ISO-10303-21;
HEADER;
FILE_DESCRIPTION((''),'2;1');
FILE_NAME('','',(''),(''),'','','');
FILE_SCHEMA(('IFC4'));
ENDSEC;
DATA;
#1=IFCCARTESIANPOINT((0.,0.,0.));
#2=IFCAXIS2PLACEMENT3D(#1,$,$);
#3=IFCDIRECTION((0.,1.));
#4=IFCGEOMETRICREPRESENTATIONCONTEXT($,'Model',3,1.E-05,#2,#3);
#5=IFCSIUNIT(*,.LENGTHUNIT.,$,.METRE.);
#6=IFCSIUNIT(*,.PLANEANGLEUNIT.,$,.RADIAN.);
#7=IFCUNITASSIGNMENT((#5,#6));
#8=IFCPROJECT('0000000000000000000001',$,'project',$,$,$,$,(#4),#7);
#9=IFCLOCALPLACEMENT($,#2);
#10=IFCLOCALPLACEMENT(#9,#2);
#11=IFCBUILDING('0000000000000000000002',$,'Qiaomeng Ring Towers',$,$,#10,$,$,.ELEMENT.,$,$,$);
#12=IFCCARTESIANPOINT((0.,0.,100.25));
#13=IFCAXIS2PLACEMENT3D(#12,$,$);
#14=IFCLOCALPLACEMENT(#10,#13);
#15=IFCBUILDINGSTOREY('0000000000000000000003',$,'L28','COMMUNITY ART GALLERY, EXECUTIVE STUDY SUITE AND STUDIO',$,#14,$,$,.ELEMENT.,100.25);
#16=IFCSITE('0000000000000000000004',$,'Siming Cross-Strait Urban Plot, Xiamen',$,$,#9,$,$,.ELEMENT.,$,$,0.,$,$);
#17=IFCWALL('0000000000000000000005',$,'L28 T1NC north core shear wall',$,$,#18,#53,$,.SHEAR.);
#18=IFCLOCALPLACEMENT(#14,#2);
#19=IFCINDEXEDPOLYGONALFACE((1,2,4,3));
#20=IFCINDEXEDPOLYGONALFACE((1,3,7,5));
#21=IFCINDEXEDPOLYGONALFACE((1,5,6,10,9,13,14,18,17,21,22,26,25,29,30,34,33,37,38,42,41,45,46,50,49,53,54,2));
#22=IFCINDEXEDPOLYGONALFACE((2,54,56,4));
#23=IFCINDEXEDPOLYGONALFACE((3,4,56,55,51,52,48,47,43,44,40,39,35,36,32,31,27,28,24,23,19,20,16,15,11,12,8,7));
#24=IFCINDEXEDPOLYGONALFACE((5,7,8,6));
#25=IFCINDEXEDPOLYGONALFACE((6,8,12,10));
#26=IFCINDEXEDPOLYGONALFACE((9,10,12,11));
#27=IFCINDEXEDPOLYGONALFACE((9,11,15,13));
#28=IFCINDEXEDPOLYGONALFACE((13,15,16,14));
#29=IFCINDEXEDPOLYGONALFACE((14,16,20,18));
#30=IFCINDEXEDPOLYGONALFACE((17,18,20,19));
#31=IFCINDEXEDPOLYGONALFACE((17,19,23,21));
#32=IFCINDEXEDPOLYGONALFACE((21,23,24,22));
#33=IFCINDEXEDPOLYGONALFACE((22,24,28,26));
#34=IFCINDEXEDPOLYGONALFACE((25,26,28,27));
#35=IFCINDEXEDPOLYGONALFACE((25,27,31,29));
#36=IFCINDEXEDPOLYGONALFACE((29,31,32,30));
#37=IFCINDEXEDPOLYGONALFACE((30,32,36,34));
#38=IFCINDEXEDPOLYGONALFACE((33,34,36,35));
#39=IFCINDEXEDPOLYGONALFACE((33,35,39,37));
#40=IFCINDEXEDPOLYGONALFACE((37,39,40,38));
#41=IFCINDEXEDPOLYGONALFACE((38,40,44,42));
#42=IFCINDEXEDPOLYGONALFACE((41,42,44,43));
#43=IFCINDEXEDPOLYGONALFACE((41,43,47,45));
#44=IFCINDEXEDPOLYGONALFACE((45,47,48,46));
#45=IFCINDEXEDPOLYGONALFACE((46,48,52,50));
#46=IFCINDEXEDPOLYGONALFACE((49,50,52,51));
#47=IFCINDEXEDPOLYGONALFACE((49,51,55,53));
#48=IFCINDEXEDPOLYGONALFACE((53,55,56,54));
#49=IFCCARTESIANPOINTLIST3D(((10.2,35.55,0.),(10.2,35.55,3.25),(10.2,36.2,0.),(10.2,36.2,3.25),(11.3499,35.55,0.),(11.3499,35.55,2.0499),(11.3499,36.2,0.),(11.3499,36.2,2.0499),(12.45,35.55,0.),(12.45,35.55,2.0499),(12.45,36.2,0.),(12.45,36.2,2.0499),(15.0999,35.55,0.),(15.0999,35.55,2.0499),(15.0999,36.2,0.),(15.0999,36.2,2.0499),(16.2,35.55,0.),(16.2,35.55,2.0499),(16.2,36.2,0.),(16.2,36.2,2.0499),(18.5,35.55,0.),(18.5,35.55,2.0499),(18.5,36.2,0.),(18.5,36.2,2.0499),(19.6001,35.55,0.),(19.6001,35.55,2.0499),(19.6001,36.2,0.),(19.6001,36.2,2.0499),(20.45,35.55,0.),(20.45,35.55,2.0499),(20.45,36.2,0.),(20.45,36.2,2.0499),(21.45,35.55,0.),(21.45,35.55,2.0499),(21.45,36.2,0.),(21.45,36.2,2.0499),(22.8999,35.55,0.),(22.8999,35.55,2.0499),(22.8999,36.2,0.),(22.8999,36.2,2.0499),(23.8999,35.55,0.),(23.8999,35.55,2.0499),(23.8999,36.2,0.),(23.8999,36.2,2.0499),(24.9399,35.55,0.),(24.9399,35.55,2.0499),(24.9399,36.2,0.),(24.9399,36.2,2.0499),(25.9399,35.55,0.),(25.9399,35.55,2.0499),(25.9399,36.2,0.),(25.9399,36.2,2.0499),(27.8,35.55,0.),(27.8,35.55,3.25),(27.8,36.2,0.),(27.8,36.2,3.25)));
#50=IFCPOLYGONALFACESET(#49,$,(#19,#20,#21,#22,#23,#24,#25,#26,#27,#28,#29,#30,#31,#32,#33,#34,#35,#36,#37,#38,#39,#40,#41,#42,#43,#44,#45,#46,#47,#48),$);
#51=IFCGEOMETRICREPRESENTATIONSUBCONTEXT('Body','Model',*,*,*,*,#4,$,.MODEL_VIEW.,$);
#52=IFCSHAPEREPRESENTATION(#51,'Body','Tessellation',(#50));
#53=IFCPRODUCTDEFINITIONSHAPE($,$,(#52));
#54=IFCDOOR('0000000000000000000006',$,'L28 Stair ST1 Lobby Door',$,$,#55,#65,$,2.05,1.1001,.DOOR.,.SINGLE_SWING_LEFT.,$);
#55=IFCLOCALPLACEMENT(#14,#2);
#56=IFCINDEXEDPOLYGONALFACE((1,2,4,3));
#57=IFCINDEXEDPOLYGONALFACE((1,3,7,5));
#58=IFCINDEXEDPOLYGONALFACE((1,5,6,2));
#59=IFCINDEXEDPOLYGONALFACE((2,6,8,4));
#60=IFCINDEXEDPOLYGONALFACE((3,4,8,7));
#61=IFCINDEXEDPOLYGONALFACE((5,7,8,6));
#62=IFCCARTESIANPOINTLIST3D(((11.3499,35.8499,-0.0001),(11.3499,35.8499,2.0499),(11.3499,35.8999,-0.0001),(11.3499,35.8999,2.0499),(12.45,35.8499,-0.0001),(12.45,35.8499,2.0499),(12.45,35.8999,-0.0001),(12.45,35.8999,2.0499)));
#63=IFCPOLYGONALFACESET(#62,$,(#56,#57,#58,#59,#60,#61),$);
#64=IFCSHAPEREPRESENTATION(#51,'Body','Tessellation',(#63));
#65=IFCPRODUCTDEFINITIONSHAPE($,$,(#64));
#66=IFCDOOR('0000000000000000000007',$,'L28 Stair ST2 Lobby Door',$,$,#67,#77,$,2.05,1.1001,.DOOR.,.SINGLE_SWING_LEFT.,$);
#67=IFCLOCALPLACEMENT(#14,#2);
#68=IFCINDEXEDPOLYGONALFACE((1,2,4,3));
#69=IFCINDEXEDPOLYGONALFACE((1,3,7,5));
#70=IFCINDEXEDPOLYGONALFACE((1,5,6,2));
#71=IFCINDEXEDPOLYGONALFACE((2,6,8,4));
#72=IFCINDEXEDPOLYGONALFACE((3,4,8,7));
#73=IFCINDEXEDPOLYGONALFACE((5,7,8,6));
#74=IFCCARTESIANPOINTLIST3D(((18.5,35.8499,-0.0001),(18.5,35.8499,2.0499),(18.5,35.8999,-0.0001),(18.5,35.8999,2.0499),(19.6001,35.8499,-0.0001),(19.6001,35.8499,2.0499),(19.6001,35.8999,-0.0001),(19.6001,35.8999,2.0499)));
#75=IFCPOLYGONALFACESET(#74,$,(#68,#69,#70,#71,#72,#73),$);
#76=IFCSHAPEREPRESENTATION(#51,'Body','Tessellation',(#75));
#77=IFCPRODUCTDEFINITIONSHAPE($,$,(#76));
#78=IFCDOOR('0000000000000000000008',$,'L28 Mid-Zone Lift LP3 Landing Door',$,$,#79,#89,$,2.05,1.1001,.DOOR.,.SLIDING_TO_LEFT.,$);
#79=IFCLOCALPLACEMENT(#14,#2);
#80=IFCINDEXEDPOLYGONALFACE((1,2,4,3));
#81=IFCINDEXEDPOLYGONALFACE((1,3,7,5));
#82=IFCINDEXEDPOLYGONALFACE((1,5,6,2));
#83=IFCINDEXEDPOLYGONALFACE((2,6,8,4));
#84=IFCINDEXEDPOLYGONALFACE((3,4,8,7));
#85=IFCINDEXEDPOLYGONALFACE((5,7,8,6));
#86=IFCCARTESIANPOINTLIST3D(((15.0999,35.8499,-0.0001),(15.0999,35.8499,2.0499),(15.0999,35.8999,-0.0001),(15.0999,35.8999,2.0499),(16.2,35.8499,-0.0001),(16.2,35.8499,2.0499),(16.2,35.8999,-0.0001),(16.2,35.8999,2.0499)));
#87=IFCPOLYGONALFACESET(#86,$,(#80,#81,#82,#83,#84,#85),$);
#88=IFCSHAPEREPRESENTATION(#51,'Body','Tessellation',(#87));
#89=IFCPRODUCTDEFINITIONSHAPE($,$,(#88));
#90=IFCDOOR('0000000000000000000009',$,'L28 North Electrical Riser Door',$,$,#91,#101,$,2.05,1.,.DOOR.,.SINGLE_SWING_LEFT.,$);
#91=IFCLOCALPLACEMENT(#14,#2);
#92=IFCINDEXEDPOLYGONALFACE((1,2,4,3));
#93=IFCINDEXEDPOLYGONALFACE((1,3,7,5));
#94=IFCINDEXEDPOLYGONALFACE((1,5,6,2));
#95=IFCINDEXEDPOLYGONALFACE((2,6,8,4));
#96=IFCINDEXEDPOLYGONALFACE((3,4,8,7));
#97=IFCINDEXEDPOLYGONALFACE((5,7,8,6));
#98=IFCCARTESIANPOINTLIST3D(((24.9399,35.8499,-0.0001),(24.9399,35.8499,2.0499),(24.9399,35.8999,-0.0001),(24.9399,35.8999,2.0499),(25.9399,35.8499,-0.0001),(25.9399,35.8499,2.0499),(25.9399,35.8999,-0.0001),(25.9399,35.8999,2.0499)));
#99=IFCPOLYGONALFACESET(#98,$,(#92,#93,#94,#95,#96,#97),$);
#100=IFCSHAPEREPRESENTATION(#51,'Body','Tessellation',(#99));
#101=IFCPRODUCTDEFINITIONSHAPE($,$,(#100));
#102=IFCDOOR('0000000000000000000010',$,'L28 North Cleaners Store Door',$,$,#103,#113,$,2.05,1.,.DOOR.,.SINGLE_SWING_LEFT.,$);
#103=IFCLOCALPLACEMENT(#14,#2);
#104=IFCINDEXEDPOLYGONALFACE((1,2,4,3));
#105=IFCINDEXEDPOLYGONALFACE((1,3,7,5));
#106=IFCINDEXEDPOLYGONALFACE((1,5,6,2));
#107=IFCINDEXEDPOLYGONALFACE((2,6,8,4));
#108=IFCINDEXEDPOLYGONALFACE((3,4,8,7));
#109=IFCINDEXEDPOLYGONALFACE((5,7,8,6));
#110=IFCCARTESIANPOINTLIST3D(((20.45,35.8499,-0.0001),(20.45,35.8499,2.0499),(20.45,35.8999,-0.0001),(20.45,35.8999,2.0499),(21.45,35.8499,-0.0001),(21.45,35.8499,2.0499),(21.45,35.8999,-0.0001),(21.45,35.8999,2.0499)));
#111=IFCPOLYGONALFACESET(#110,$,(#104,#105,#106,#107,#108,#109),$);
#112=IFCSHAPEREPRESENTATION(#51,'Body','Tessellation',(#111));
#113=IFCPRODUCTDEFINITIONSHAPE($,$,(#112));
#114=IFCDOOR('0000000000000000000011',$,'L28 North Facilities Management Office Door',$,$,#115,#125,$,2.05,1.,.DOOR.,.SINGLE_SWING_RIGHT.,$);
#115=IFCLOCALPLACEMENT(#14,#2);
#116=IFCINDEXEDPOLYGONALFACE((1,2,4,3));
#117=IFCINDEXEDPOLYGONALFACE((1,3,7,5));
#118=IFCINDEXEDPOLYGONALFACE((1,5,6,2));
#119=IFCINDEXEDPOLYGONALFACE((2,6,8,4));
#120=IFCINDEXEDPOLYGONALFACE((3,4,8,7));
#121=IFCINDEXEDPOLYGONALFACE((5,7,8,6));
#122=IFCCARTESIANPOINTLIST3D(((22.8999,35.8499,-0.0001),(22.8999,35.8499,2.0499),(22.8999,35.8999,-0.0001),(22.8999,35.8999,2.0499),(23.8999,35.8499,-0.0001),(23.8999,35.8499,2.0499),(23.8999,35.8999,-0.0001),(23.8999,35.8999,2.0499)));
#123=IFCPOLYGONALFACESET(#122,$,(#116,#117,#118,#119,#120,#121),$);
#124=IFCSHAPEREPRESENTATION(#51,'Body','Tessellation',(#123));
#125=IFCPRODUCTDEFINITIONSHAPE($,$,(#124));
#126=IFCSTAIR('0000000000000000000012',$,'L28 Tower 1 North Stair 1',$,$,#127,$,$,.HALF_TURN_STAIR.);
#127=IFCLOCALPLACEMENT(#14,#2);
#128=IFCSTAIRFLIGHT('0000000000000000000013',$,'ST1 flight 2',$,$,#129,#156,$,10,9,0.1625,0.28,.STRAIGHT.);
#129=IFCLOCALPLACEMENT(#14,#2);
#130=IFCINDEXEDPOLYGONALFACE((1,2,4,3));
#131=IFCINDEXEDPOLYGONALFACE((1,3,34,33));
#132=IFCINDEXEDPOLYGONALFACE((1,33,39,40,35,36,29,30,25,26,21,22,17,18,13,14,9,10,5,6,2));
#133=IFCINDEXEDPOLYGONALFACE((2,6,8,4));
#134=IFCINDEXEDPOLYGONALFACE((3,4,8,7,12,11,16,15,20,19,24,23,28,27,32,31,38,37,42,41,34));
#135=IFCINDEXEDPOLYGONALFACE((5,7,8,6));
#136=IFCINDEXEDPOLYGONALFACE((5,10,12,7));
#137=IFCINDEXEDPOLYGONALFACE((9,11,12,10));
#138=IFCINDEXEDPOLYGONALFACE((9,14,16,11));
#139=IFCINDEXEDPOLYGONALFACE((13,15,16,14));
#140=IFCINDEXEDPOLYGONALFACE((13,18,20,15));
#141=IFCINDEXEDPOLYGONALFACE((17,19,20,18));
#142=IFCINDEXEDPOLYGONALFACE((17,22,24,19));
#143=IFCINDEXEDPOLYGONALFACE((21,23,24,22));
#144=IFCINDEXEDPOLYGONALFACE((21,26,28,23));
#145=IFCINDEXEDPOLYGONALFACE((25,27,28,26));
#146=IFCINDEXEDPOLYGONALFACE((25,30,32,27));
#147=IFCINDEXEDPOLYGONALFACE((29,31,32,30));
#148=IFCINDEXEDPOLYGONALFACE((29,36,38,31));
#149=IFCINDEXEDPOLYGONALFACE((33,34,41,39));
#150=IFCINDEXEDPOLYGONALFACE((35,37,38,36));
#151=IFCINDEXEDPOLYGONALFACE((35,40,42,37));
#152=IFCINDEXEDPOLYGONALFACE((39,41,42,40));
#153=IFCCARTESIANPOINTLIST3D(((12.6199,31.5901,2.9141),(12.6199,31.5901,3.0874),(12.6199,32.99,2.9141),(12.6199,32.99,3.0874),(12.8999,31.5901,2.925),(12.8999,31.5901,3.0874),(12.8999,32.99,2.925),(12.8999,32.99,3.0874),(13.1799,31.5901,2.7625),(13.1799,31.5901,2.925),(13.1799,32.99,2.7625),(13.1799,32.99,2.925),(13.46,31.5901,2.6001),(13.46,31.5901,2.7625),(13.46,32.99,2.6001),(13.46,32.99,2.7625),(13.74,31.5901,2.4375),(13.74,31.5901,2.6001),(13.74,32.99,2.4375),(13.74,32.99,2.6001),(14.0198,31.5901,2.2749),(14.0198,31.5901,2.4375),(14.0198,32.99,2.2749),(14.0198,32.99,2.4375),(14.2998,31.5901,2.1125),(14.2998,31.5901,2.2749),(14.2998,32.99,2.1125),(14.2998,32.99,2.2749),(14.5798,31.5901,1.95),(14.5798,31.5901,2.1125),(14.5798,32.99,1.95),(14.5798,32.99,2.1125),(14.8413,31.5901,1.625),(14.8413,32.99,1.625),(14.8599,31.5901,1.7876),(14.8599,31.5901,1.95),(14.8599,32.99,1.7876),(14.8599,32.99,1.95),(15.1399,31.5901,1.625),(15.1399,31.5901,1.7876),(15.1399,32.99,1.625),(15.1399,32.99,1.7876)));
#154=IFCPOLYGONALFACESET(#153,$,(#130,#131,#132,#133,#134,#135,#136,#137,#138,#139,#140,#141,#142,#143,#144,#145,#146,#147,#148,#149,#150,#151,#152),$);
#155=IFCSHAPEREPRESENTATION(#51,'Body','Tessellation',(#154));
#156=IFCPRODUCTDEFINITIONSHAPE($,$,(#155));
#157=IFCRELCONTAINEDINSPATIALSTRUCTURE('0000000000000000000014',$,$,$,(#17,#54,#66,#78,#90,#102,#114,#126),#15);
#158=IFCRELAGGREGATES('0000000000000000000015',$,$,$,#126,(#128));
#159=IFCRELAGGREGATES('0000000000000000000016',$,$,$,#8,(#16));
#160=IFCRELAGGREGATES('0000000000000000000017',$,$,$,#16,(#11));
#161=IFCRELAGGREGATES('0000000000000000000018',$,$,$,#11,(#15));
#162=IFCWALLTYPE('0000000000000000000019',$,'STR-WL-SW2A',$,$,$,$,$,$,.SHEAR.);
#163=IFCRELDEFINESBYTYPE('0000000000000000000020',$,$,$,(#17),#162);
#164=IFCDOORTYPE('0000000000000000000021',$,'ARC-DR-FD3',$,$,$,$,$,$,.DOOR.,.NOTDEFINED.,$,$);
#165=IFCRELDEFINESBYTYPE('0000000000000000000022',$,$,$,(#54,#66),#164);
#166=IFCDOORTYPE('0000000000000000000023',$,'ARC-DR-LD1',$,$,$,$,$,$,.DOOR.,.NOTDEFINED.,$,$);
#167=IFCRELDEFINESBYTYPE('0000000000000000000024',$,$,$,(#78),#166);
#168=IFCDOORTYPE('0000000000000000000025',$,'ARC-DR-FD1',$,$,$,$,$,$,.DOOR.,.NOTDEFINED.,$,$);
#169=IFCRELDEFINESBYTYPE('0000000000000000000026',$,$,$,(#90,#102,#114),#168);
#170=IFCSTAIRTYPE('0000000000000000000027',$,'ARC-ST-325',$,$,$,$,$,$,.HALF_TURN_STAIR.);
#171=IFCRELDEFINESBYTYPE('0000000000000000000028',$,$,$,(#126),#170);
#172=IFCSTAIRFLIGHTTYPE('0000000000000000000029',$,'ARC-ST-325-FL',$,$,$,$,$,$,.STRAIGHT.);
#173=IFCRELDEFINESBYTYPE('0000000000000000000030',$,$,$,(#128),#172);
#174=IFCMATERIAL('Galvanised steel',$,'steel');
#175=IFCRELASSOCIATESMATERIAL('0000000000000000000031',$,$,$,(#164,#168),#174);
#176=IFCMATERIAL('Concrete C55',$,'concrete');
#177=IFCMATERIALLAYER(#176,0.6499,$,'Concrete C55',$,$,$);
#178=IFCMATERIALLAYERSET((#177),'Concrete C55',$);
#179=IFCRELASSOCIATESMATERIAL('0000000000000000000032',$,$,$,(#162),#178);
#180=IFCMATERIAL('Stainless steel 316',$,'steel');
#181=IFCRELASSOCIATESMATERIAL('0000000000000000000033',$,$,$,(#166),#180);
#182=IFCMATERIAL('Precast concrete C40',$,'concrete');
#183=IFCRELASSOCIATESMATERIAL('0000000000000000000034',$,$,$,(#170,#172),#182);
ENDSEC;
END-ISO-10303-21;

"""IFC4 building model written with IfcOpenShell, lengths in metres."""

from ifc_helpers import new_model, si_unit, direction, frame, frame_2d, origin, place, context, subcontext, project, spatial, polyline, rectangle, outline, extrude, source, transform, mapped, material, layer, layer_set, type_object, element, fill, aggregate, save


model = new_model("IFC4")

# Units and contexts
model_context = context("Model", 3, precision=1e-05, world=origin(), true_north=direction((0.0, 1.0)))
body_context = subcontext(model_context, "Body", "Model", "MODEL_VIEW")
ifc_project = project(units=[si_unit("LENGTHUNIT", "METRE"), si_unit("PLANEANGLEUNIT", "RADIAN")], contexts=[model_context])

# Site, building, storey
site_placement = place(None, origin())
site = spatial("IfcSite", under=ifc_project, at=site_placement, Name="Siming Cross-Strait Urban Plot, Xiamen", CompositionType="ELEMENT", RefElevation=0.0)
building_placement = place(site_placement, origin())
building = spatial("IfcBuilding", under=site, at=building_placement, Name="Qiaomeng Ring Towers", CompositionType="ELEMENT")
storey_placement = place(building_placement, frame((0.0, 0.0, 100.25)))
storey = spatial("IfcBuildingStorey", under=building, at=storey_placement, Name="L28", Description="COMMUNITY ART GALLERY, EXECUTIVE STUDY SUITE AND STUDIO", CompositionType="ELEMENT", Elevation=100.25)

# Shared definitions
ifc_material_1 = material(Name="Concrete C55", Category="concrete")

# Shared definitions
shared_shape_1 = source(origin(), body_context, "Body", "SweptSolid", [
    extrude(rectangle(XDim=1.0, YDim=2.05, at=frame_2d((0.5, 1.0249))), frame((0.0, 0.0249, 0.0), z_axis=(0.0, -1.0, 0.0), x_axis=(1.0, 0.0, 0.0)), (0.0, 0.0, 1.0), 0.05),
])

# Shared definitions
ifc_material_2 = material(Name="Galvanised steel", Category="steel")
door_type_1 = type_object("IfcDoorType", Name="ARC-DR-FD3", OperationType="NOTDEFINED", PredefinedType="DOOR", material=ifc_material_2)
shared_shape_2 = source(origin(), body_context, "Body", "SweptSolid", [
    extrude(rectangle(XDim=1.1001, YDim=2.05, at=frame_2d((0.55, 1.0249))), frame((0.0, 0.0249, 0.0), z_axis=(0.0, -1.0, 0.0), x_axis=(1.0, 0.0, 0.0)), (0.0, 0.0, 1.0), 0.05),
])

# Wall, openings, doors
ifc_layer_1 = layer(ifc_material_1, 0.6499, Name="Concrete C55")
ifc_layer_set_1 = layer_set([ifc_layer_1], Name="Concrete C55")
wall_type_1 = type_object("IfcWallType", Name="STR-WL-SW2A", PredefinedType="SHEAR", material=ifc_layer_set_1)
wall_1_placement = place(storey_placement, frame((10.2, 35.875, 0.0), z_axis=(0.0, 0.0, 1.0), x_axis=(1.0, 0.0, 0.0)))
wall_1 = element("IfcWall", 1, at=wall_1_placement, inside=storey, type_object=wall_type_1, Name="L28 T1NC north core shear wall", PredefinedType="SHEAR", context=body_context, shape_type="SweptSolid", body=[
    extrude(rectangle(XDim=17.6001, YDim=0.6499, at=frame_2d((8.8, 0.0))), origin(), (0.0, 0.0, 1.0), 3.25),
])
opening_1_placement = place(wall_1_placement, frame((1.1499, 0.0, 0.0)))
opening_1 = element("IfcOpeningElement", 2, at=opening_1_placement, cuts=wall_1, PredefinedType="OPENING", context=body_context, shape_type="SweptSolid", body=[
    extrude(rectangle(XDim=1.1001, YDim=2.05, at=frame_2d((0.55, 1.0249))), frame((0.0, 0.335, 0.0), z_axis=(0.0, -1.0, 0.0), x_axis=(1.0, 0.0, 0.0)), (0.0, 0.0, 1.0), 0.6699),
])
opening_2_placement = place(wall_1_placement, frame((8.3, 0.0, 0.0)))
opening_2 = element("IfcOpeningElement", 3, at=opening_2_placement, cuts=wall_1, PredefinedType="OPENING", context=body_context, shape_type="SweptSolid", body=[
    extrude(rectangle(XDim=1.1001, YDim=2.05, at=frame_2d((0.55, 1.0249))), frame((0.0, 0.335, 0.0), z_axis=(0.0, -1.0, 0.0), x_axis=(1.0, 0.0, 0.0)), (0.0, 0.0, 1.0), 0.6699),
])
opening_3_placement = place(wall_1_placement, frame((4.8999, 0.0, 0.0)))
opening_3 = element("IfcOpeningElement", 4, at=opening_3_placement, cuts=wall_1, PredefinedType="OPENING", context=body_context, shape_type="SweptSolid", body=[
    extrude(rectangle(XDim=1.1001, YDim=2.05, at=frame_2d((0.55, 1.0249))), frame((0.0, 0.335, 0.0), z_axis=(0.0, -1.0, 0.0), x_axis=(1.0, 0.0, 0.0)), (0.0, 0.0, 1.0), 0.6699),
])
opening_4_placement = place(wall_1_placement, frame((14.74, 0.0, 0.0)))
opening_4 = element("IfcOpeningElement", 5, at=opening_4_placement, cuts=wall_1, PredefinedType="OPENING", context=body_context, shape_type="SweptSolid", body=[
    extrude(rectangle(XDim=1.0, YDim=2.05, at=frame_2d((0.5, 1.0249))), frame((0.0, 0.335, 0.0), z_axis=(0.0, -1.0, 0.0), x_axis=(1.0, 0.0, 0.0)), (0.0, 0.0, 1.0), 0.6699),
])
opening_5_placement = place(wall_1_placement, frame((10.25, 0.0, 0.0)))
opening_5 = element("IfcOpeningElement", 6, at=opening_5_placement, cuts=wall_1, PredefinedType="OPENING", context=body_context, shape_type="SweptSolid", body=[
    extrude(rectangle(XDim=1.0, YDim=2.05, at=frame_2d((0.5, 1.0249))), frame((0.0, 0.335, 0.0), z_axis=(0.0, -1.0, 0.0), x_axis=(1.0, 0.0, 0.0)), (0.0, 0.0, 1.0), 0.6699),
])
opening_6_placement = place(wall_1_placement, frame((12.7, 0.0, 0.0)))
opening_6 = element("IfcOpeningElement", 7, at=opening_6_placement, cuts=wall_1, PredefinedType="OPENING", context=body_context, shape_type="SweptSolid", body=[
    extrude(rectangle(XDim=1.0, YDim=2.05, at=frame_2d((0.5, 1.0249))), frame((0.0, 0.335, 0.0), z_axis=(0.0, -1.0, 0.0), x_axis=(1.0, 0.0, 0.0)), (0.0, 0.0, 1.0), 0.6699),
])
door_1_placement = place(opening_1_placement, origin())
door_1 = element("IfcDoor", 8, at=door_1_placement, inside=storey, type_object=door_type_1, Name="L28 Stair ST1 Lobby Door", OperationType="SINGLE_SWING_LEFT", OverallHeight=2.05, OverallWidth=1.1001, PredefinedType="DOOR", context=body_context, shape_type="MappedRepresentation", body=[
    mapped(shared_shape_2, transform((0.0, 0.0, 0.0), x_axis=(1.0, 0.0, 0.0), y_axis=(0.0, 1.0, 0.0), z_axis=(0.0, 0.0, 1.0), scale=1.0)),
])
fill(opening_1, door_1)
door_2_placement = place(opening_2_placement, origin())
door_2 = element("IfcDoor", 9, at=door_2_placement, inside=storey, type_object=door_type_1, Name="L28 Stair ST2 Lobby Door", OperationType="SINGLE_SWING_LEFT", OverallHeight=2.05, OverallWidth=1.1001, PredefinedType="DOOR", context=body_context, shape_type="MappedRepresentation", body=[
    mapped(shared_shape_2, transform((0.0, 0.0, 0.0), x_axis=(1.0, 0.0, 0.0), y_axis=(0.0, 1.0, 0.0), z_axis=(0.0, 0.0, 1.0), scale=1.0)),
])
fill(opening_2, door_2)
ifc_material_3 = material(Name="Stainless steel 316", Category="steel")
door_type_2 = type_object("IfcDoorType", Name="ARC-DR-LD1", OperationType="NOTDEFINED", PredefinedType="DOOR", material=ifc_material_3)
door_3_placement = place(opening_3_placement, origin())
door_3 = element("IfcDoor", 10, at=door_3_placement, inside=storey, type_object=door_type_2, Name="L28 Mid-Zone Lift LP3 Landing Door", OperationType="SLIDING_TO_LEFT", OverallHeight=2.05, OverallWidth=1.1001, PredefinedType="DOOR", context=body_context, shape_type="MappedRepresentation", body=[
    mapped(shared_shape_2, transform((0.0, 0.0, 0.0), x_axis=(1.0, 0.0, 0.0), y_axis=(0.0, 1.0, 0.0), z_axis=(0.0, 0.0, 1.0), scale=1.0)),
])
fill(opening_3, door_3)
door_type_3 = type_object("IfcDoorType", Name="ARC-DR-FD1", OperationType="NOTDEFINED", PredefinedType="DOOR", material=ifc_material_2)
door_4_placement = place(opening_4_placement, origin())
door_4 = element("IfcDoor", 11, at=door_4_placement, inside=storey, type_object=door_type_3, Name="L28 North Electrical Riser Door", OperationType="SINGLE_SWING_LEFT", OverallHeight=2.05, OverallWidth=1.0, PredefinedType="DOOR", context=body_context, shape_type="MappedRepresentation", body=[
    mapped(shared_shape_1, transform((0.0, 0.0, 0.0), x_axis=(1.0, 0.0, 0.0), y_axis=(0.0, 1.0, 0.0), z_axis=(0.0, 0.0, 1.0), scale=1.0)),
])
fill(opening_4, door_4)
door_5_placement = place(opening_5_placement, origin())
door_5 = element("IfcDoor", 12, at=door_5_placement, inside=storey, type_object=door_type_3, Name="L28 North Cleaners Store Door", OperationType="SINGLE_SWING_LEFT", OverallHeight=2.05, OverallWidth=1.0, PredefinedType="DOOR", context=body_context, shape_type="MappedRepresentation", body=[
    mapped(shared_shape_1, transform((0.0, 0.0, 0.0), x_axis=(1.0, 0.0, 0.0), y_axis=(0.0, 1.0, 0.0), z_axis=(0.0, 0.0, 1.0), scale=1.0)),
])
fill(opening_5, door_5)
door_6_placement = place(opening_6_placement, origin())
door_6 = element("IfcDoor", 13, at=door_6_placement, inside=storey, type_object=door_type_3, Name="L28 North Facilities Management Office Door", OperationType="SINGLE_SWING_RIGHT", OverallHeight=2.05, OverallWidth=1.0, PredefinedType="DOOR", context=body_context, shape_type="MappedRepresentation", body=[
    mapped(shared_shape_1, transform((0.0, 0.0, 0.0), x_axis=(1.0, 0.0, 0.0), y_axis=(0.0, 1.0, 0.0), z_axis=(0.0, 0.0, 1.0), scale=1.0)),
])
fill(opening_6, door_6)

# Stair, stair flight
ifc_material_4 = material(Name="Precast concrete C40", Category="concrete")
stair_type = type_object("IfcStairType", Name="ARC-ST-325", PredefinedType="HALF_TURN_STAIR", material=ifc_material_4)
stair_placement = place(storey_placement, origin())
stair = element("IfcStair", 14, at=stair_placement, inside=storey, type_object=stair_type, Name="L28 Tower 1 North Stair 1", PredefinedType="HALF_TURN_STAIR")
stair_flight_type = type_object("IfcStairFlightType", Name="ARC-ST-325-FL", PredefinedType="STRAIGHT", material=ifc_material_4)
shared_shape_3 = source(origin(), body_context, "Body", "SweptSolid", [
    extrude(outline(polyline([(0.0, 0.0), (0.0, 0.1626), (0.28, 0.1626), (0.28, 0.325), (0.5601, 0.325), (0.5601, 0.4875), (0.8401, 0.4875), (0.8401, 0.6499), (1.1201, 0.6499), (1.1201, 0.8125), (1.3999, 0.8125), (1.3999, 0.9751), (1.6799, 0.9751), (1.6799, 1.1375), (1.96, 1.1375), (1.96, 1.3), (2.24, 1.3), (2.24, 1.4624), (2.52, 1.4624), (2.52, 1.625), (2.52, 1.2891), (0.2986, 0.0), (0.0, 0.0)])), frame((0.0, 0.7, 0.0), z_axis=(0.0, -1.0, 0.0), x_axis=(1.0, 0.0, 0.0)), (0.0, 0.0, 1.0), 1.3999),
])
stair_flight_placement = place(storey_placement, frame((15.1399, 32.29, 1.625), z_axis=(0.0, 0.0, 1.0), x_axis=(-1.0, 0.0, 0.0)))
stair_flight = element("IfcStairFlight", 15, at=stair_flight_placement, type_object=stair_flight_type, Name="ST1 flight 2", NumberOfRisers=10, NumberOfTreads=9, PredefinedType="STRAIGHT", RiserHeight=0.1625, TreadLength=0.28, context=body_context, shape_type="MappedRepresentation", body=[
    mapped(shared_shape_3, transform((0.0, 0.0, 0.0), x_axis=(1.0, 0.0, 0.0), y_axis=(0.0, 1.0, 0.0), z_axis=(0.0, 0.0, 1.0), scale=1.0)),
])
aggregate(stair, [stair_flight])

save(model, "model.ifc")
